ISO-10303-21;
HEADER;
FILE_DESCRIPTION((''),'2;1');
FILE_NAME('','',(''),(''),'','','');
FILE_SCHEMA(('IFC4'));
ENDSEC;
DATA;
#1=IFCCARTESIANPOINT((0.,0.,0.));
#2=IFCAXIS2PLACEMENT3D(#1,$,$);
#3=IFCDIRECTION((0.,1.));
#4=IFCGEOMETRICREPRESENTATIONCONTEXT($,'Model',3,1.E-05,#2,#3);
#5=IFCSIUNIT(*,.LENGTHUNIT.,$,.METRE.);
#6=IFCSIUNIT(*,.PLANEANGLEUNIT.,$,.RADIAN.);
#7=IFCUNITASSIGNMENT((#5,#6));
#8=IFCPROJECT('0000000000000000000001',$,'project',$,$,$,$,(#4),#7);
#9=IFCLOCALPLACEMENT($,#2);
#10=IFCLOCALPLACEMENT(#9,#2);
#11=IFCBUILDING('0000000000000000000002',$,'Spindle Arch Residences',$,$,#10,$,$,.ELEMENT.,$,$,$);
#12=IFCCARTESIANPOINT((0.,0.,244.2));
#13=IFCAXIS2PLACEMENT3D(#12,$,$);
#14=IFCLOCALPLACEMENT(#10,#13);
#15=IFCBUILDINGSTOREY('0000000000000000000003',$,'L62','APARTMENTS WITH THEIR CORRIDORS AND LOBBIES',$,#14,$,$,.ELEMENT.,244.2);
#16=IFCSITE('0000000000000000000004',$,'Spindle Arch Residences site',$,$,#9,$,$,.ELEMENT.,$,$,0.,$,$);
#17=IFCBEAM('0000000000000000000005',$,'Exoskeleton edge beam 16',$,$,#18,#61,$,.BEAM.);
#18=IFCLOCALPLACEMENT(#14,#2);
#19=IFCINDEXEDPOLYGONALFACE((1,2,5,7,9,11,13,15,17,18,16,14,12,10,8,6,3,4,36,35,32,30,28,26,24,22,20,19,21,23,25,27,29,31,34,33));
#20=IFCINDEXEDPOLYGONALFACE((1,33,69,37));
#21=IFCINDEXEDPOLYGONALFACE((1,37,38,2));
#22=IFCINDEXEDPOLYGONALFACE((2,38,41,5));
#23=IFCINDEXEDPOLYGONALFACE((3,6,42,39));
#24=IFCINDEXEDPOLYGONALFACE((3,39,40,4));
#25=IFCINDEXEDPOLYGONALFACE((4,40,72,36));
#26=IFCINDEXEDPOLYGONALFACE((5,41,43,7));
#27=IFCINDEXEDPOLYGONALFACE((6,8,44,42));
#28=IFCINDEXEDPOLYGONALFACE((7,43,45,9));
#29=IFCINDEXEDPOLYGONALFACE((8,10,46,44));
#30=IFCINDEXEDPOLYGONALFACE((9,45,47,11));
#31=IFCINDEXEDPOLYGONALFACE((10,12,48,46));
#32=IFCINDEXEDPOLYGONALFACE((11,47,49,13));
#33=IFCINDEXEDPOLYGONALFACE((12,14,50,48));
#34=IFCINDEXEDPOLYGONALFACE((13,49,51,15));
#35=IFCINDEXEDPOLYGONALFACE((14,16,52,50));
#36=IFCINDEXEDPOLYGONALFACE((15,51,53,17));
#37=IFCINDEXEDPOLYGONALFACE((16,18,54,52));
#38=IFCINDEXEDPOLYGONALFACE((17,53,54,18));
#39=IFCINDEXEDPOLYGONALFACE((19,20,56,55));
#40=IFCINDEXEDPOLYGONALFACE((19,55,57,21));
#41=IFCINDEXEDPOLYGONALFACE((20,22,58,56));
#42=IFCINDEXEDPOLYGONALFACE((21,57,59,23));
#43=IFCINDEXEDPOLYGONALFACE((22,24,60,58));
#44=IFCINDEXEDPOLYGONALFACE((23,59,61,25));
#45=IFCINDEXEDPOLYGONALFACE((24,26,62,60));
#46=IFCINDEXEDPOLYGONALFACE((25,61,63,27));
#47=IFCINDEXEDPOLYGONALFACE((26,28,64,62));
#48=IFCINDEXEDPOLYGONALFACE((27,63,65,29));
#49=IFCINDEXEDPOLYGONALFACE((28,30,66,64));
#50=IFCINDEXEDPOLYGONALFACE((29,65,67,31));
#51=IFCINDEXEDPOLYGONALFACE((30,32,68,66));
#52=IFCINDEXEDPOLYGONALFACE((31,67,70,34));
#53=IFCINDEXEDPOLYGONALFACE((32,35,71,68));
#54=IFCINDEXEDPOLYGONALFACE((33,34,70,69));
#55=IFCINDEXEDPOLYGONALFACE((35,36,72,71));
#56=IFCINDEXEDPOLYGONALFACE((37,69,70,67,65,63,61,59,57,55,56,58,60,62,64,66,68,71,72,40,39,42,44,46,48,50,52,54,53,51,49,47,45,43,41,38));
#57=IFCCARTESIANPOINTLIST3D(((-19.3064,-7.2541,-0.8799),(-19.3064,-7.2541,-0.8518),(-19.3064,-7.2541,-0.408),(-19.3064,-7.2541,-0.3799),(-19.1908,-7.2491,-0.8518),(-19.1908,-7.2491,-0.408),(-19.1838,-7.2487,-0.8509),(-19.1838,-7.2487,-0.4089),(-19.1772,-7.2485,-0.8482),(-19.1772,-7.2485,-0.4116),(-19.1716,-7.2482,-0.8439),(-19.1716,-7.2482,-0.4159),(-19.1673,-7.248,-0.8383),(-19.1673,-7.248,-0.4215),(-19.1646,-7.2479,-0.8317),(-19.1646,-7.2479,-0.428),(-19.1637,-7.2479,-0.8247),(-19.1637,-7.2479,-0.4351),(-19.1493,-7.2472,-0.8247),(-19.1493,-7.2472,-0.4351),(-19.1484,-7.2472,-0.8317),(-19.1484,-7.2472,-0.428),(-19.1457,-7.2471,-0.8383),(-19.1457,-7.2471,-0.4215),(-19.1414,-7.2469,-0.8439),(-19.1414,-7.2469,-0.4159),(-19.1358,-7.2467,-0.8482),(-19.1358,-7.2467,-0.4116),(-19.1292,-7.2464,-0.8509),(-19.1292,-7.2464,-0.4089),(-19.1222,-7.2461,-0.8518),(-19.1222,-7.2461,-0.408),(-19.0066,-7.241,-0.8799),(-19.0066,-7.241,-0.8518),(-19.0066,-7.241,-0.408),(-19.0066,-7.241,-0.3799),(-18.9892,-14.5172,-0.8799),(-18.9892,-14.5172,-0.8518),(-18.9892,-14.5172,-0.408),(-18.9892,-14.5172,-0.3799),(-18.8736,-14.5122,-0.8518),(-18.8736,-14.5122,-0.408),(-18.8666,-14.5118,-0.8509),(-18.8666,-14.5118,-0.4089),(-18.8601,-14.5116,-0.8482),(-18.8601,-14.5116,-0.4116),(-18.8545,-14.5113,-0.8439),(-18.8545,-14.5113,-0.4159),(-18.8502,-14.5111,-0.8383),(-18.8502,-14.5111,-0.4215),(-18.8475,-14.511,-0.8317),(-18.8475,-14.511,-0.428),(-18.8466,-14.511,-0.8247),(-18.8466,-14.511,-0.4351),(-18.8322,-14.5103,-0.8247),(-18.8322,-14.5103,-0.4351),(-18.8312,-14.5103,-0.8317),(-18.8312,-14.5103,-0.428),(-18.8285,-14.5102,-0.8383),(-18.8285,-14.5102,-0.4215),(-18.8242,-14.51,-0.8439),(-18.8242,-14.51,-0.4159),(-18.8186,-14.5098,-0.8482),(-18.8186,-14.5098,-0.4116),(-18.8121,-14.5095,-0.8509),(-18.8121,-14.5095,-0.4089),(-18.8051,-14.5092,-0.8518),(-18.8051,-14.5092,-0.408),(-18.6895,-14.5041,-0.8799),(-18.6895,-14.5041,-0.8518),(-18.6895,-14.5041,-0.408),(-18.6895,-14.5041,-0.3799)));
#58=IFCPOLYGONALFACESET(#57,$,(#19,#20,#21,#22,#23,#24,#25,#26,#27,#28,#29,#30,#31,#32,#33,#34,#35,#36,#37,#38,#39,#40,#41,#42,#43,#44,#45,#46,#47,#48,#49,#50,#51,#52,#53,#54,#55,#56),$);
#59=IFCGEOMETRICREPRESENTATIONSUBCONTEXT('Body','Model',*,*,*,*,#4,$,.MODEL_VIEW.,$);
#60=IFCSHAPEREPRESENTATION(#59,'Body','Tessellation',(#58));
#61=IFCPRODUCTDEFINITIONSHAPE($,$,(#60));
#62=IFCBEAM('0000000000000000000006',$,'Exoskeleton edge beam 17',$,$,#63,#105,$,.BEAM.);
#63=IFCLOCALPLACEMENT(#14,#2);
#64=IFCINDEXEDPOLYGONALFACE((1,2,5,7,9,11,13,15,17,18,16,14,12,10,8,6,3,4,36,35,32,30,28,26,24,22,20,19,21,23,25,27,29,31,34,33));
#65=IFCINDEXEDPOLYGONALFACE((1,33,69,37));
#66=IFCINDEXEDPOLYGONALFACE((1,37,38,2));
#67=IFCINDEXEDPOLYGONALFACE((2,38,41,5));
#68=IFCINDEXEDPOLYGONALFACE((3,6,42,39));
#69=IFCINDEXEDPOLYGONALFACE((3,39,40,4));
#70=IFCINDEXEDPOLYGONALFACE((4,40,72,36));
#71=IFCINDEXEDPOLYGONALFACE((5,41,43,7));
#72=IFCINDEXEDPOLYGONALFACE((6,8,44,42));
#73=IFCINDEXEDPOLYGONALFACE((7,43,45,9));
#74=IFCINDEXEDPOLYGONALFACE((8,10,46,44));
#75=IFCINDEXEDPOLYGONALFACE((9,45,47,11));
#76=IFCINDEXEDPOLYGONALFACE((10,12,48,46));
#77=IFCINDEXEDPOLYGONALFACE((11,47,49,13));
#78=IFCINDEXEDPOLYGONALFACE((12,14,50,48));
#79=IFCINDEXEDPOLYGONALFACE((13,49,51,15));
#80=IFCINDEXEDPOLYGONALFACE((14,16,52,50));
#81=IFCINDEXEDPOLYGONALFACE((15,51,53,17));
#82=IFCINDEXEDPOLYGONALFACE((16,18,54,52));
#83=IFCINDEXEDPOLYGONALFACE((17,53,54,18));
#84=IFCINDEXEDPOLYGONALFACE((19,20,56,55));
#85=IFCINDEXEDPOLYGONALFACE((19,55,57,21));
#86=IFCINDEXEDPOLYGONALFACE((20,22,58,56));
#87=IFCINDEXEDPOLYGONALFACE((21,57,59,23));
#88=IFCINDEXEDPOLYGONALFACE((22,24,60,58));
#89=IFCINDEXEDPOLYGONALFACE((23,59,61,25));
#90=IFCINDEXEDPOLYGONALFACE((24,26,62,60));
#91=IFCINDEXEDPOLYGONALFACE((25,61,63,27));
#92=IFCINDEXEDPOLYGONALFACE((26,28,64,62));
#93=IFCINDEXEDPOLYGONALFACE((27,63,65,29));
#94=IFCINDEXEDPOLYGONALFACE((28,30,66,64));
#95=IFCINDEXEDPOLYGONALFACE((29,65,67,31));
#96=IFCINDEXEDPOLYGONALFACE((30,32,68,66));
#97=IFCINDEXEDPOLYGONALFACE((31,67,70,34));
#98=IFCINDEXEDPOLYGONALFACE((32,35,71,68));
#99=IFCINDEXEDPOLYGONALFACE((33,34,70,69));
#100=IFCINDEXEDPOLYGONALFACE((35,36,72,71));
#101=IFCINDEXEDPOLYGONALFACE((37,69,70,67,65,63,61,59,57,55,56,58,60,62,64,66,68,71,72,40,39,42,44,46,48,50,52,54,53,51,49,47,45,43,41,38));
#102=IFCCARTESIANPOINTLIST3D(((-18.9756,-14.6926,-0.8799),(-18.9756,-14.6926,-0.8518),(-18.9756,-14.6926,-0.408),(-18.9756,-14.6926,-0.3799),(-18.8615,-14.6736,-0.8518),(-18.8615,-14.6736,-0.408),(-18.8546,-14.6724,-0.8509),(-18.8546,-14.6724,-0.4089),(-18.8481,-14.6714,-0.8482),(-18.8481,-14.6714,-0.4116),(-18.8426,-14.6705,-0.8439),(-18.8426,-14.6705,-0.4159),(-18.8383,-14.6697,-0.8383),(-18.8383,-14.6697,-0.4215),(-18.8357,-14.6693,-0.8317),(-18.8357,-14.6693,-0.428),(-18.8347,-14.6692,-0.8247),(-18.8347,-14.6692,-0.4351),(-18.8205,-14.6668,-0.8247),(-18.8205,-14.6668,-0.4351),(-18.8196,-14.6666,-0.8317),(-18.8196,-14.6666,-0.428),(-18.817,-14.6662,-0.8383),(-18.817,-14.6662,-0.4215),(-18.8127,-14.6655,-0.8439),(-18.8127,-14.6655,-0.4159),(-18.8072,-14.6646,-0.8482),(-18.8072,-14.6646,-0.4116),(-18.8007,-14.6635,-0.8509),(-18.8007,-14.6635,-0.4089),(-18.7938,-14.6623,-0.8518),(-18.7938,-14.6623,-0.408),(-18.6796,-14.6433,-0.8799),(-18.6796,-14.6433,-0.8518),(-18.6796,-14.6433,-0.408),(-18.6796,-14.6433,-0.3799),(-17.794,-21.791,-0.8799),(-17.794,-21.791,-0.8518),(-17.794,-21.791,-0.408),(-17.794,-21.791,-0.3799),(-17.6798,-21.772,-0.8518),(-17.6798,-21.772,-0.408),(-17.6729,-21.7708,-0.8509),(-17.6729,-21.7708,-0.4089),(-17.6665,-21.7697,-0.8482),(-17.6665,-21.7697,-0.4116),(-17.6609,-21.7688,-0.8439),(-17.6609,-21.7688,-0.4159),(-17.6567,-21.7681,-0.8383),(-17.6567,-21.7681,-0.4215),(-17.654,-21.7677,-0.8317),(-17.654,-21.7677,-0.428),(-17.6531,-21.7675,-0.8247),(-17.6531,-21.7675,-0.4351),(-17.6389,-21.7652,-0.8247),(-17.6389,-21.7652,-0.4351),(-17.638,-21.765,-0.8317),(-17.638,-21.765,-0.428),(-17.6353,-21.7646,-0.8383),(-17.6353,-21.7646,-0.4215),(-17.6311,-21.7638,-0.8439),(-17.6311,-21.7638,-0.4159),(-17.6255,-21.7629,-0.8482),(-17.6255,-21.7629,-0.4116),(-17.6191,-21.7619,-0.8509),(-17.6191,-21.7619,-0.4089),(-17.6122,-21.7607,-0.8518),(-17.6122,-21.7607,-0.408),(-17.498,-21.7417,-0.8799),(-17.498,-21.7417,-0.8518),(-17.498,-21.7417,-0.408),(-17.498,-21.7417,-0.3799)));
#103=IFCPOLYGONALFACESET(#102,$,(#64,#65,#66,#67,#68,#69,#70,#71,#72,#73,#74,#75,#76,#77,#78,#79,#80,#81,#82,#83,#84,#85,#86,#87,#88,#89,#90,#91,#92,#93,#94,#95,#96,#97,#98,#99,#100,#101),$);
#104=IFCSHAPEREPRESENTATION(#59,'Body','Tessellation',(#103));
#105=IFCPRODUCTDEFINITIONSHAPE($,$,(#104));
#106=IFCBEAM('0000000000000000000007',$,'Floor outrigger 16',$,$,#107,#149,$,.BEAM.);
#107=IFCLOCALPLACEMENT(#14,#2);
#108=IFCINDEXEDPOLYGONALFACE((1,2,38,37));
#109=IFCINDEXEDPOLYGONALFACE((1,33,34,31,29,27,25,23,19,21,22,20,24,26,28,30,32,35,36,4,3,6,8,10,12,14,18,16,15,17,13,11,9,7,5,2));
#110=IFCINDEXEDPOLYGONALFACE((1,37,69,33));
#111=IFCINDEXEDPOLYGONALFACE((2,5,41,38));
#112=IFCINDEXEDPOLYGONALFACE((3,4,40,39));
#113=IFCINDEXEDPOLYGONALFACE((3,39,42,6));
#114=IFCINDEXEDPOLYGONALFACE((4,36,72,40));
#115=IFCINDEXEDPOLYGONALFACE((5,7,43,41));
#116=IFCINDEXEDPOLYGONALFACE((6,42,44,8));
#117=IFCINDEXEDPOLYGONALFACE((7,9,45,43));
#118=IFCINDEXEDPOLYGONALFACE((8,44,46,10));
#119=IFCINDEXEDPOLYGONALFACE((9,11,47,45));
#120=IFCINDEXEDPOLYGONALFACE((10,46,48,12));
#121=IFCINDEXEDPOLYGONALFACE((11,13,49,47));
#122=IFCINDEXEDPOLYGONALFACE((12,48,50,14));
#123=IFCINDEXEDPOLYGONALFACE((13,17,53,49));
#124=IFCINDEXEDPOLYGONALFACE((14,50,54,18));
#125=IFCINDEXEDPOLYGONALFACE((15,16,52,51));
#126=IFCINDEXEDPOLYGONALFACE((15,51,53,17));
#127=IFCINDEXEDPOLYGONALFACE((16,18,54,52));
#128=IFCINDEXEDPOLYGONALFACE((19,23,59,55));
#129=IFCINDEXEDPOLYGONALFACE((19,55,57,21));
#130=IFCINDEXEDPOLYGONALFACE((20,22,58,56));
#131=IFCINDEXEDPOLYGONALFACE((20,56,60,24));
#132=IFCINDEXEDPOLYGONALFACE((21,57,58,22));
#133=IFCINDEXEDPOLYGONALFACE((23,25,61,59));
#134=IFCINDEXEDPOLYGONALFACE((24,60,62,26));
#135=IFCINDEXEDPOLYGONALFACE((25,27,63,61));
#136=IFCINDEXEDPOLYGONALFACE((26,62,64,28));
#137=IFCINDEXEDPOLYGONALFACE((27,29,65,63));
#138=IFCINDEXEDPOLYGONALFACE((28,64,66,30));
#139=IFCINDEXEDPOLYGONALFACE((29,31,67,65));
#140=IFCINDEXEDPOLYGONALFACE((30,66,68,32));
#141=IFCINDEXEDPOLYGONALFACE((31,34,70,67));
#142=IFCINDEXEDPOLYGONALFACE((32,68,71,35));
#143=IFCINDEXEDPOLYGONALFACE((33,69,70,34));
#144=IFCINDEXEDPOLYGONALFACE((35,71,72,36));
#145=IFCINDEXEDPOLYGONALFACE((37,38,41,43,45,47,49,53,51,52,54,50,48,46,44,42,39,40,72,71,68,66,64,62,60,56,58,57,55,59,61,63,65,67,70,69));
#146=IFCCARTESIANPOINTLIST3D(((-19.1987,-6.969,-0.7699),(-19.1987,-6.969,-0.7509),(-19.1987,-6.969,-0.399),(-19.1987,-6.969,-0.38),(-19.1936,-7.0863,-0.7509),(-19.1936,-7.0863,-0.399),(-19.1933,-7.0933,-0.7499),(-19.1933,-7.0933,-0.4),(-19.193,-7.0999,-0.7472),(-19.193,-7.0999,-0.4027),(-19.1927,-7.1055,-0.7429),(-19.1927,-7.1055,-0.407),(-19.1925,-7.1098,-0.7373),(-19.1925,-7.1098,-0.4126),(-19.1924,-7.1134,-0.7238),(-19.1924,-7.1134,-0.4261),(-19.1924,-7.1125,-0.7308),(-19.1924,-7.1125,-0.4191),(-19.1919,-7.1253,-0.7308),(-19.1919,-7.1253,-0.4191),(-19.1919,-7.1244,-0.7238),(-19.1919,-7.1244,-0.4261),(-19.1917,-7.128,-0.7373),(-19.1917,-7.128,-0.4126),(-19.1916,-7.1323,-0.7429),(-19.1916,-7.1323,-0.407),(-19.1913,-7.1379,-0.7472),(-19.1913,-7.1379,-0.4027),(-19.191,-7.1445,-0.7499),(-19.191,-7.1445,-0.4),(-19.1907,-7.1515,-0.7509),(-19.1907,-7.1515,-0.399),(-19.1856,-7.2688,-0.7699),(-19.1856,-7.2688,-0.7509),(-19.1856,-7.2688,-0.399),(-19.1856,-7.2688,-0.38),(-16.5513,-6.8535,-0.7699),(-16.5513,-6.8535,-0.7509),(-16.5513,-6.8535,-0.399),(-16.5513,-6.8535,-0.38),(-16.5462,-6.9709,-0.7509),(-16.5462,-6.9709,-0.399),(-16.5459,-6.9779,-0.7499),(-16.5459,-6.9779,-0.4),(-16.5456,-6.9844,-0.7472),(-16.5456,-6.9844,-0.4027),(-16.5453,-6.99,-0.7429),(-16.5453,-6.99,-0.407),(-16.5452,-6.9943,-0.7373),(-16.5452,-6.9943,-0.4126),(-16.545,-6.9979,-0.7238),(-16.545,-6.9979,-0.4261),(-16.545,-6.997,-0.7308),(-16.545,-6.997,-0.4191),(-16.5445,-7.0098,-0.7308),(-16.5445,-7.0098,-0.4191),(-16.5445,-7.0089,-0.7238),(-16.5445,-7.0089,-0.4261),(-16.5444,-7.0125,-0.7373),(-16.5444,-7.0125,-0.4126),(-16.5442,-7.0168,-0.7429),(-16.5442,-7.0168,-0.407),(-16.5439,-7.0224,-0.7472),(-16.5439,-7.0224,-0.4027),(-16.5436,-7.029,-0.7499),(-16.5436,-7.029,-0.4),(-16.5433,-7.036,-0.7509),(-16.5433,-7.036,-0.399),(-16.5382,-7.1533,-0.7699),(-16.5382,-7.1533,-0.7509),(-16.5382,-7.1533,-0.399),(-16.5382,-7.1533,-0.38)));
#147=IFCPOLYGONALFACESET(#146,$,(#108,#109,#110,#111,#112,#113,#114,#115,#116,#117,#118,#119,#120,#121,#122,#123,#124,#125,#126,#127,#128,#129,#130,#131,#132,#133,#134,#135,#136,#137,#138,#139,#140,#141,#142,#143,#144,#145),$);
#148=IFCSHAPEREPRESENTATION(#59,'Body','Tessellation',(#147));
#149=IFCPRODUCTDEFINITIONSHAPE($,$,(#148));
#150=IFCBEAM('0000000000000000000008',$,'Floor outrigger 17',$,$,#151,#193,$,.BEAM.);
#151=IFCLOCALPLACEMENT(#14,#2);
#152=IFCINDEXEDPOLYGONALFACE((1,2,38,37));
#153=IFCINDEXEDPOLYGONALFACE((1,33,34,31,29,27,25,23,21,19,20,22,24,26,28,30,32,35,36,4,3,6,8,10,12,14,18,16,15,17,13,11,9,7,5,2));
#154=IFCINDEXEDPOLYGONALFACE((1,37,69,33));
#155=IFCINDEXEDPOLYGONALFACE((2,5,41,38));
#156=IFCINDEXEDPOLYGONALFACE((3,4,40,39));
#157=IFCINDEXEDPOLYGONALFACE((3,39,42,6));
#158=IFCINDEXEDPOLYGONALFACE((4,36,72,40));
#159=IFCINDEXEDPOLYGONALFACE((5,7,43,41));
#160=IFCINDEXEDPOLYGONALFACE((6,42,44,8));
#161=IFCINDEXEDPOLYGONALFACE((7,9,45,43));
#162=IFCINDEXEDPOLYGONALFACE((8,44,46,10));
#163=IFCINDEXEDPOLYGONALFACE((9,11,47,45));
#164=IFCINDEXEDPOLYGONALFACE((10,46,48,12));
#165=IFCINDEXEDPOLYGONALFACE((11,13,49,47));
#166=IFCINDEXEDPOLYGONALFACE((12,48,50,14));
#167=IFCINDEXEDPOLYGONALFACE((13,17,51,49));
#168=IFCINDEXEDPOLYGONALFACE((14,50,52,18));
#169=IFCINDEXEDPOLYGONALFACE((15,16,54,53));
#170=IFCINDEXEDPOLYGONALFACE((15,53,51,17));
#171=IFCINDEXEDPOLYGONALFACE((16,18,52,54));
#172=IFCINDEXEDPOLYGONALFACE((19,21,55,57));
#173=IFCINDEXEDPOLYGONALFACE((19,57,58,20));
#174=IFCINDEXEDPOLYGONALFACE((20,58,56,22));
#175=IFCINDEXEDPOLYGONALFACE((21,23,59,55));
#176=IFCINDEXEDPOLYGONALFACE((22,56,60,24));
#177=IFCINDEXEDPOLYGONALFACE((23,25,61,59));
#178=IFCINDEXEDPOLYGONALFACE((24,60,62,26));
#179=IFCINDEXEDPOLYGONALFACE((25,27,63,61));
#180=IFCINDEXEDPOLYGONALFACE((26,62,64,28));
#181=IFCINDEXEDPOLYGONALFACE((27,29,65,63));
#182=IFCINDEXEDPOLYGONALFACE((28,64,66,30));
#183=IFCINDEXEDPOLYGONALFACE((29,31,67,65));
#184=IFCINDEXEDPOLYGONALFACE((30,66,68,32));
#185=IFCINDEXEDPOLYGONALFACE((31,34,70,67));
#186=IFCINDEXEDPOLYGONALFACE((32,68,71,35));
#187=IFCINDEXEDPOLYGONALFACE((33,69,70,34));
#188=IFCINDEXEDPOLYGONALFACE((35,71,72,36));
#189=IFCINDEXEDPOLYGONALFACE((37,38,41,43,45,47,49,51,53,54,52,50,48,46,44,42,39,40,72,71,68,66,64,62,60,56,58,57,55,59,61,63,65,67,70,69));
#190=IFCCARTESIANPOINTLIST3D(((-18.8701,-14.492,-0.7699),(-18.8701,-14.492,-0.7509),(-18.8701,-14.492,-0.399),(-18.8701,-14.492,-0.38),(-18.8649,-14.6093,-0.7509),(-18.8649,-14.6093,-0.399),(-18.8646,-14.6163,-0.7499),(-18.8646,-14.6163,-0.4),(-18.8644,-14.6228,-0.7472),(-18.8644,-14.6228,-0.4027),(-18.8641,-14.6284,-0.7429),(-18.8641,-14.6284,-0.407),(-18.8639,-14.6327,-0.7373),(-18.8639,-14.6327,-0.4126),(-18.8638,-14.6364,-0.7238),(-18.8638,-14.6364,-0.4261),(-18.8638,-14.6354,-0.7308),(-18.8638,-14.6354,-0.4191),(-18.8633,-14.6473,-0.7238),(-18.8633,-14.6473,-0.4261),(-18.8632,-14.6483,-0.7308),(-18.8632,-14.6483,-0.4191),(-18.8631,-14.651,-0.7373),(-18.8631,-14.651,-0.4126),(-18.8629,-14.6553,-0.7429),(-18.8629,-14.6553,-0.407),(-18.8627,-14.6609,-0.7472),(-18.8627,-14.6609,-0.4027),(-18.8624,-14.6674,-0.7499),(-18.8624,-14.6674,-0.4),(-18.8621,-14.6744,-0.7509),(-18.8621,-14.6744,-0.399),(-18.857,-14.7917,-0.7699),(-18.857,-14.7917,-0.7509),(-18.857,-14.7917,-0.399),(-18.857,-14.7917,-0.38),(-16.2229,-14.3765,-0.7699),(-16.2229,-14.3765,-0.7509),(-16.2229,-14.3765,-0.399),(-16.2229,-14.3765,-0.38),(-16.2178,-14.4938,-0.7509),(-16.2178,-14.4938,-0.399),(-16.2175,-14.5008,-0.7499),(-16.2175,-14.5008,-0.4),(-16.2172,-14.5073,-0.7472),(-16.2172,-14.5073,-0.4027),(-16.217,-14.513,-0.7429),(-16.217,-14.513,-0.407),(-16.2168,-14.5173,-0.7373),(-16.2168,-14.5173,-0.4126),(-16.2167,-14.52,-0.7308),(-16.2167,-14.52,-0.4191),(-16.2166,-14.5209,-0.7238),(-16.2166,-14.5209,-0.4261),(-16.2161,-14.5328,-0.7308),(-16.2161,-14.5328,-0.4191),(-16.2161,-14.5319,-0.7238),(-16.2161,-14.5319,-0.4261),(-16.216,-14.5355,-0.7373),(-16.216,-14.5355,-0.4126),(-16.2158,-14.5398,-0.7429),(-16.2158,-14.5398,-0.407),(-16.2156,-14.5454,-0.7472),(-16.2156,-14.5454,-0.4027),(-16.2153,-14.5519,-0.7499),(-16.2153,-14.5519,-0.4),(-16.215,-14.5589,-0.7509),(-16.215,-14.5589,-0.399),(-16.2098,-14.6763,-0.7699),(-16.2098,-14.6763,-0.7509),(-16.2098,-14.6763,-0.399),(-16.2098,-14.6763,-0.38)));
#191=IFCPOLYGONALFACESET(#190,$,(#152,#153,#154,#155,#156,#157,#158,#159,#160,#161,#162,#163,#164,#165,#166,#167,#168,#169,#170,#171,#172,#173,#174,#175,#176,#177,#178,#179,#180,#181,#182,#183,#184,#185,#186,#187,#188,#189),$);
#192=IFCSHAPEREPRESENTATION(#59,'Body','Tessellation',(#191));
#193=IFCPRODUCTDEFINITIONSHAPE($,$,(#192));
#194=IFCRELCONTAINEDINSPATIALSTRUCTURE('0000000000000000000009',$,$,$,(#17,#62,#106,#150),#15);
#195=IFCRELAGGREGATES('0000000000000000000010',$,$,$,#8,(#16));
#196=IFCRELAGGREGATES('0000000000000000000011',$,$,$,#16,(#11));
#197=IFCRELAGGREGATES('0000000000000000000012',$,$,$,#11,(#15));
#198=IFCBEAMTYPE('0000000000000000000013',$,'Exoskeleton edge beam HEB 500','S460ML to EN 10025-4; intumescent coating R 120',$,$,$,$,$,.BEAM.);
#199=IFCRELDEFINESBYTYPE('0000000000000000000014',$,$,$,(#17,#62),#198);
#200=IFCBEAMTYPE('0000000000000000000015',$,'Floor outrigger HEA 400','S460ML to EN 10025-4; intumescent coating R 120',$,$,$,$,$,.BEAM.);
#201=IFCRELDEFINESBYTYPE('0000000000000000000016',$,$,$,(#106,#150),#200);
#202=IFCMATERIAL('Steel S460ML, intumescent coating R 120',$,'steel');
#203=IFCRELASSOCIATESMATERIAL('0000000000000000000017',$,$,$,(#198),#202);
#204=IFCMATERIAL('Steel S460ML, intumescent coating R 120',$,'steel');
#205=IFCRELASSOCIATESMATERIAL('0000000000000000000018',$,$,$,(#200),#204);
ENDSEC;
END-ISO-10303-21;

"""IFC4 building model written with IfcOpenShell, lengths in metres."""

from ifc_helpers import new_model, si_unit, direction, frame, origin, origin_2d, place, context, subcontext, project, spatial, i_section, extrude, material, material_profile, profile_set, type_object, element, save


model = new_model("IFC4")

# Units and contexts
model_context = context("Model", 3, precision=1e-05, world=origin(), true_north=direction((0.0, 1.0)))
body_context = subcontext(model_context, "Body", "Model", "MODEL_VIEW")
ifc_project = project(units=[si_unit("LENGTHUNIT", "METRE"), si_unit("PLANEANGLEUNIT", "RADIAN")], contexts=[model_context])

# Site, building, storey
site_placement = place(None, origin())
site = spatial("IfcSite", under=ifc_project, at=site_placement, Name="Spindle Arch Residences site", CompositionType="ELEMENT", RefElevation=0.0)
building_placement = place(site_placement, origin())
building = spatial("IfcBuilding", under=site, at=building_placement, Name="Spindle Arch Residences", CompositionType="ELEMENT")
storey_placement = place(building_placement, frame((0.0, 0.0, 244.2)))
storey = spatial("IfcBuildingStorey", under=building, at=storey_placement, Name="L62", Description="APARTMENTS WITH THEIR CORRIDORS AND LOBBIES", CompositionType="ELEMENT", Elevation=244.2)

# Beams
ifc_material_1 = material(Name="Steel S460ML, intumescent coating R 120", Category="steel")
ifc_material_profile_1 = material_profile(ifc_material_1, i_section(OverallWidth=0.3, OverallDepth=0.5, WebThickness=0.0144, FlangeThickness=0.0281, FilletRadius=0.0271, at=origin_2d()), Name="HEB 500")
ifc_profile_set_1 = profile_set([ifc_material_profile_1], Name="Steel S460ML, intumescent coating R 120")
beam_type_1 = type_object("IfcBeamType", Name="Exoskeleton edge beam HEB 500", Description="S460ML to EN 10025-4; intumescent coating R 120", PredefinedType="BEAM", material=ifc_profile_set_1)
for number, where, z_axis, x_axis, name in (
    (1, (-19.1565, -7.2476, -0.6299), (0.043622, -0.999048, 0.0), (0.999048, 0.043622, 0.0), "Exoskeleton edge beam 16"),
):
    element("IfcBeam", number, at=place(storey_placement, frame(where, z_axis=z_axis, x_axis=x_axis)), inside=storey, type_object=beam_type_1, Name=name, PredefinedType="BEAM", context=body_context, shape_type="SweptSolid", body=[
        extrude(i_section(OverallWidth=0.3, OverallDepth=0.5, WebThickness=0.0144, FlangeThickness=0.0281, FilletRadius=0.0271, at=origin_2d()), origin(), (0.0, 0.0, 1.0), 7.27),
    ])
beam_1_placement = place(storey_placement, frame((-18.8276, -14.668, -0.6299), z_axis=(0.164206, -0.986426, 0.0), x_axis=(0.986426, 0.164206, 0.0)))
element("IfcBeam", 2, at=beam_1_placement, inside=storey, type_object=beam_type_1, Name="Exoskeleton edge beam 17", PredefinedType="BEAM", context=body_context, shape_type="SweptSolid", body=[
    extrude(i_section(OverallWidth=0.3, OverallDepth=0.5, WebThickness=0.0144, FlangeThickness=0.0281, FilletRadius=0.0271, at=origin_2d()), origin(), (0.0, 0.0, 1.0), 7.196),
])
ifc_material_2 = material(Name="Steel S460ML, intumescent coating R 120", Category="steel")
ifc_material_profile_2 = material_profile(ifc_material_2, i_section(OverallWidth=0.3, OverallDepth=0.3899, WebThickness=0.011, FlangeThickness=0.019, FilletRadius=0.0271, at=origin_2d()), Name="HEA 400")
ifc_profile_set_2 = profile_set([ifc_material_profile_2], Name="Steel S460ML, intumescent coating R 120")
beam_type_2 = type_object("IfcBeamType", Name="Floor outrigger HEA 400", Description="S460ML to EN 10025-4; intumescent coating R 120", PredefinedType="BEAM", material=ifc_profile_set_2)
beam_2_placement = place(storey_placement, frame((-19.1921, -7.1189, -0.575), z_axis=(0.99905, 0.043577, 0.0), x_axis=(-0.043577, 0.99905, 0.0)))
element("IfcBeam", 3, at=beam_2_placement, inside=storey, type_object=beam_type_2, Name="Floor outrigger 16", PredefinedType="BEAM", context=body_context, shape_type="SweptSolid", body=[
    extrude(i_section(OverallWidth=0.3, OverallDepth=0.3899, WebThickness=0.011, FlangeThickness=0.019, FilletRadius=0.0271, at=origin_2d()), origin(), (0.0, 0.0, 1.0), 2.6499),
])
beam_3_placement = place(storey_placement, frame((-18.8635, -14.6418, -0.575), z_axis=(0.99905, 0.043581, 0.0), x_axis=(-0.043581, 0.99905, 0.0)))
element("IfcBeam", 4, at=beam_3_placement, inside=storey, type_object=beam_type_2, Name="Floor outrigger 17", PredefinedType="BEAM", context=body_context, shape_type="SweptSolid", body=[
    extrude(i_section(OverallWidth=0.3, OverallDepth=0.3899, WebThickness=0.011, FlangeThickness=0.019, FilletRadius=0.0271, at=origin_2d()), origin(), (0.0, 0.0, 1.0), 2.6497),
])

save(model, "model.ifc")
